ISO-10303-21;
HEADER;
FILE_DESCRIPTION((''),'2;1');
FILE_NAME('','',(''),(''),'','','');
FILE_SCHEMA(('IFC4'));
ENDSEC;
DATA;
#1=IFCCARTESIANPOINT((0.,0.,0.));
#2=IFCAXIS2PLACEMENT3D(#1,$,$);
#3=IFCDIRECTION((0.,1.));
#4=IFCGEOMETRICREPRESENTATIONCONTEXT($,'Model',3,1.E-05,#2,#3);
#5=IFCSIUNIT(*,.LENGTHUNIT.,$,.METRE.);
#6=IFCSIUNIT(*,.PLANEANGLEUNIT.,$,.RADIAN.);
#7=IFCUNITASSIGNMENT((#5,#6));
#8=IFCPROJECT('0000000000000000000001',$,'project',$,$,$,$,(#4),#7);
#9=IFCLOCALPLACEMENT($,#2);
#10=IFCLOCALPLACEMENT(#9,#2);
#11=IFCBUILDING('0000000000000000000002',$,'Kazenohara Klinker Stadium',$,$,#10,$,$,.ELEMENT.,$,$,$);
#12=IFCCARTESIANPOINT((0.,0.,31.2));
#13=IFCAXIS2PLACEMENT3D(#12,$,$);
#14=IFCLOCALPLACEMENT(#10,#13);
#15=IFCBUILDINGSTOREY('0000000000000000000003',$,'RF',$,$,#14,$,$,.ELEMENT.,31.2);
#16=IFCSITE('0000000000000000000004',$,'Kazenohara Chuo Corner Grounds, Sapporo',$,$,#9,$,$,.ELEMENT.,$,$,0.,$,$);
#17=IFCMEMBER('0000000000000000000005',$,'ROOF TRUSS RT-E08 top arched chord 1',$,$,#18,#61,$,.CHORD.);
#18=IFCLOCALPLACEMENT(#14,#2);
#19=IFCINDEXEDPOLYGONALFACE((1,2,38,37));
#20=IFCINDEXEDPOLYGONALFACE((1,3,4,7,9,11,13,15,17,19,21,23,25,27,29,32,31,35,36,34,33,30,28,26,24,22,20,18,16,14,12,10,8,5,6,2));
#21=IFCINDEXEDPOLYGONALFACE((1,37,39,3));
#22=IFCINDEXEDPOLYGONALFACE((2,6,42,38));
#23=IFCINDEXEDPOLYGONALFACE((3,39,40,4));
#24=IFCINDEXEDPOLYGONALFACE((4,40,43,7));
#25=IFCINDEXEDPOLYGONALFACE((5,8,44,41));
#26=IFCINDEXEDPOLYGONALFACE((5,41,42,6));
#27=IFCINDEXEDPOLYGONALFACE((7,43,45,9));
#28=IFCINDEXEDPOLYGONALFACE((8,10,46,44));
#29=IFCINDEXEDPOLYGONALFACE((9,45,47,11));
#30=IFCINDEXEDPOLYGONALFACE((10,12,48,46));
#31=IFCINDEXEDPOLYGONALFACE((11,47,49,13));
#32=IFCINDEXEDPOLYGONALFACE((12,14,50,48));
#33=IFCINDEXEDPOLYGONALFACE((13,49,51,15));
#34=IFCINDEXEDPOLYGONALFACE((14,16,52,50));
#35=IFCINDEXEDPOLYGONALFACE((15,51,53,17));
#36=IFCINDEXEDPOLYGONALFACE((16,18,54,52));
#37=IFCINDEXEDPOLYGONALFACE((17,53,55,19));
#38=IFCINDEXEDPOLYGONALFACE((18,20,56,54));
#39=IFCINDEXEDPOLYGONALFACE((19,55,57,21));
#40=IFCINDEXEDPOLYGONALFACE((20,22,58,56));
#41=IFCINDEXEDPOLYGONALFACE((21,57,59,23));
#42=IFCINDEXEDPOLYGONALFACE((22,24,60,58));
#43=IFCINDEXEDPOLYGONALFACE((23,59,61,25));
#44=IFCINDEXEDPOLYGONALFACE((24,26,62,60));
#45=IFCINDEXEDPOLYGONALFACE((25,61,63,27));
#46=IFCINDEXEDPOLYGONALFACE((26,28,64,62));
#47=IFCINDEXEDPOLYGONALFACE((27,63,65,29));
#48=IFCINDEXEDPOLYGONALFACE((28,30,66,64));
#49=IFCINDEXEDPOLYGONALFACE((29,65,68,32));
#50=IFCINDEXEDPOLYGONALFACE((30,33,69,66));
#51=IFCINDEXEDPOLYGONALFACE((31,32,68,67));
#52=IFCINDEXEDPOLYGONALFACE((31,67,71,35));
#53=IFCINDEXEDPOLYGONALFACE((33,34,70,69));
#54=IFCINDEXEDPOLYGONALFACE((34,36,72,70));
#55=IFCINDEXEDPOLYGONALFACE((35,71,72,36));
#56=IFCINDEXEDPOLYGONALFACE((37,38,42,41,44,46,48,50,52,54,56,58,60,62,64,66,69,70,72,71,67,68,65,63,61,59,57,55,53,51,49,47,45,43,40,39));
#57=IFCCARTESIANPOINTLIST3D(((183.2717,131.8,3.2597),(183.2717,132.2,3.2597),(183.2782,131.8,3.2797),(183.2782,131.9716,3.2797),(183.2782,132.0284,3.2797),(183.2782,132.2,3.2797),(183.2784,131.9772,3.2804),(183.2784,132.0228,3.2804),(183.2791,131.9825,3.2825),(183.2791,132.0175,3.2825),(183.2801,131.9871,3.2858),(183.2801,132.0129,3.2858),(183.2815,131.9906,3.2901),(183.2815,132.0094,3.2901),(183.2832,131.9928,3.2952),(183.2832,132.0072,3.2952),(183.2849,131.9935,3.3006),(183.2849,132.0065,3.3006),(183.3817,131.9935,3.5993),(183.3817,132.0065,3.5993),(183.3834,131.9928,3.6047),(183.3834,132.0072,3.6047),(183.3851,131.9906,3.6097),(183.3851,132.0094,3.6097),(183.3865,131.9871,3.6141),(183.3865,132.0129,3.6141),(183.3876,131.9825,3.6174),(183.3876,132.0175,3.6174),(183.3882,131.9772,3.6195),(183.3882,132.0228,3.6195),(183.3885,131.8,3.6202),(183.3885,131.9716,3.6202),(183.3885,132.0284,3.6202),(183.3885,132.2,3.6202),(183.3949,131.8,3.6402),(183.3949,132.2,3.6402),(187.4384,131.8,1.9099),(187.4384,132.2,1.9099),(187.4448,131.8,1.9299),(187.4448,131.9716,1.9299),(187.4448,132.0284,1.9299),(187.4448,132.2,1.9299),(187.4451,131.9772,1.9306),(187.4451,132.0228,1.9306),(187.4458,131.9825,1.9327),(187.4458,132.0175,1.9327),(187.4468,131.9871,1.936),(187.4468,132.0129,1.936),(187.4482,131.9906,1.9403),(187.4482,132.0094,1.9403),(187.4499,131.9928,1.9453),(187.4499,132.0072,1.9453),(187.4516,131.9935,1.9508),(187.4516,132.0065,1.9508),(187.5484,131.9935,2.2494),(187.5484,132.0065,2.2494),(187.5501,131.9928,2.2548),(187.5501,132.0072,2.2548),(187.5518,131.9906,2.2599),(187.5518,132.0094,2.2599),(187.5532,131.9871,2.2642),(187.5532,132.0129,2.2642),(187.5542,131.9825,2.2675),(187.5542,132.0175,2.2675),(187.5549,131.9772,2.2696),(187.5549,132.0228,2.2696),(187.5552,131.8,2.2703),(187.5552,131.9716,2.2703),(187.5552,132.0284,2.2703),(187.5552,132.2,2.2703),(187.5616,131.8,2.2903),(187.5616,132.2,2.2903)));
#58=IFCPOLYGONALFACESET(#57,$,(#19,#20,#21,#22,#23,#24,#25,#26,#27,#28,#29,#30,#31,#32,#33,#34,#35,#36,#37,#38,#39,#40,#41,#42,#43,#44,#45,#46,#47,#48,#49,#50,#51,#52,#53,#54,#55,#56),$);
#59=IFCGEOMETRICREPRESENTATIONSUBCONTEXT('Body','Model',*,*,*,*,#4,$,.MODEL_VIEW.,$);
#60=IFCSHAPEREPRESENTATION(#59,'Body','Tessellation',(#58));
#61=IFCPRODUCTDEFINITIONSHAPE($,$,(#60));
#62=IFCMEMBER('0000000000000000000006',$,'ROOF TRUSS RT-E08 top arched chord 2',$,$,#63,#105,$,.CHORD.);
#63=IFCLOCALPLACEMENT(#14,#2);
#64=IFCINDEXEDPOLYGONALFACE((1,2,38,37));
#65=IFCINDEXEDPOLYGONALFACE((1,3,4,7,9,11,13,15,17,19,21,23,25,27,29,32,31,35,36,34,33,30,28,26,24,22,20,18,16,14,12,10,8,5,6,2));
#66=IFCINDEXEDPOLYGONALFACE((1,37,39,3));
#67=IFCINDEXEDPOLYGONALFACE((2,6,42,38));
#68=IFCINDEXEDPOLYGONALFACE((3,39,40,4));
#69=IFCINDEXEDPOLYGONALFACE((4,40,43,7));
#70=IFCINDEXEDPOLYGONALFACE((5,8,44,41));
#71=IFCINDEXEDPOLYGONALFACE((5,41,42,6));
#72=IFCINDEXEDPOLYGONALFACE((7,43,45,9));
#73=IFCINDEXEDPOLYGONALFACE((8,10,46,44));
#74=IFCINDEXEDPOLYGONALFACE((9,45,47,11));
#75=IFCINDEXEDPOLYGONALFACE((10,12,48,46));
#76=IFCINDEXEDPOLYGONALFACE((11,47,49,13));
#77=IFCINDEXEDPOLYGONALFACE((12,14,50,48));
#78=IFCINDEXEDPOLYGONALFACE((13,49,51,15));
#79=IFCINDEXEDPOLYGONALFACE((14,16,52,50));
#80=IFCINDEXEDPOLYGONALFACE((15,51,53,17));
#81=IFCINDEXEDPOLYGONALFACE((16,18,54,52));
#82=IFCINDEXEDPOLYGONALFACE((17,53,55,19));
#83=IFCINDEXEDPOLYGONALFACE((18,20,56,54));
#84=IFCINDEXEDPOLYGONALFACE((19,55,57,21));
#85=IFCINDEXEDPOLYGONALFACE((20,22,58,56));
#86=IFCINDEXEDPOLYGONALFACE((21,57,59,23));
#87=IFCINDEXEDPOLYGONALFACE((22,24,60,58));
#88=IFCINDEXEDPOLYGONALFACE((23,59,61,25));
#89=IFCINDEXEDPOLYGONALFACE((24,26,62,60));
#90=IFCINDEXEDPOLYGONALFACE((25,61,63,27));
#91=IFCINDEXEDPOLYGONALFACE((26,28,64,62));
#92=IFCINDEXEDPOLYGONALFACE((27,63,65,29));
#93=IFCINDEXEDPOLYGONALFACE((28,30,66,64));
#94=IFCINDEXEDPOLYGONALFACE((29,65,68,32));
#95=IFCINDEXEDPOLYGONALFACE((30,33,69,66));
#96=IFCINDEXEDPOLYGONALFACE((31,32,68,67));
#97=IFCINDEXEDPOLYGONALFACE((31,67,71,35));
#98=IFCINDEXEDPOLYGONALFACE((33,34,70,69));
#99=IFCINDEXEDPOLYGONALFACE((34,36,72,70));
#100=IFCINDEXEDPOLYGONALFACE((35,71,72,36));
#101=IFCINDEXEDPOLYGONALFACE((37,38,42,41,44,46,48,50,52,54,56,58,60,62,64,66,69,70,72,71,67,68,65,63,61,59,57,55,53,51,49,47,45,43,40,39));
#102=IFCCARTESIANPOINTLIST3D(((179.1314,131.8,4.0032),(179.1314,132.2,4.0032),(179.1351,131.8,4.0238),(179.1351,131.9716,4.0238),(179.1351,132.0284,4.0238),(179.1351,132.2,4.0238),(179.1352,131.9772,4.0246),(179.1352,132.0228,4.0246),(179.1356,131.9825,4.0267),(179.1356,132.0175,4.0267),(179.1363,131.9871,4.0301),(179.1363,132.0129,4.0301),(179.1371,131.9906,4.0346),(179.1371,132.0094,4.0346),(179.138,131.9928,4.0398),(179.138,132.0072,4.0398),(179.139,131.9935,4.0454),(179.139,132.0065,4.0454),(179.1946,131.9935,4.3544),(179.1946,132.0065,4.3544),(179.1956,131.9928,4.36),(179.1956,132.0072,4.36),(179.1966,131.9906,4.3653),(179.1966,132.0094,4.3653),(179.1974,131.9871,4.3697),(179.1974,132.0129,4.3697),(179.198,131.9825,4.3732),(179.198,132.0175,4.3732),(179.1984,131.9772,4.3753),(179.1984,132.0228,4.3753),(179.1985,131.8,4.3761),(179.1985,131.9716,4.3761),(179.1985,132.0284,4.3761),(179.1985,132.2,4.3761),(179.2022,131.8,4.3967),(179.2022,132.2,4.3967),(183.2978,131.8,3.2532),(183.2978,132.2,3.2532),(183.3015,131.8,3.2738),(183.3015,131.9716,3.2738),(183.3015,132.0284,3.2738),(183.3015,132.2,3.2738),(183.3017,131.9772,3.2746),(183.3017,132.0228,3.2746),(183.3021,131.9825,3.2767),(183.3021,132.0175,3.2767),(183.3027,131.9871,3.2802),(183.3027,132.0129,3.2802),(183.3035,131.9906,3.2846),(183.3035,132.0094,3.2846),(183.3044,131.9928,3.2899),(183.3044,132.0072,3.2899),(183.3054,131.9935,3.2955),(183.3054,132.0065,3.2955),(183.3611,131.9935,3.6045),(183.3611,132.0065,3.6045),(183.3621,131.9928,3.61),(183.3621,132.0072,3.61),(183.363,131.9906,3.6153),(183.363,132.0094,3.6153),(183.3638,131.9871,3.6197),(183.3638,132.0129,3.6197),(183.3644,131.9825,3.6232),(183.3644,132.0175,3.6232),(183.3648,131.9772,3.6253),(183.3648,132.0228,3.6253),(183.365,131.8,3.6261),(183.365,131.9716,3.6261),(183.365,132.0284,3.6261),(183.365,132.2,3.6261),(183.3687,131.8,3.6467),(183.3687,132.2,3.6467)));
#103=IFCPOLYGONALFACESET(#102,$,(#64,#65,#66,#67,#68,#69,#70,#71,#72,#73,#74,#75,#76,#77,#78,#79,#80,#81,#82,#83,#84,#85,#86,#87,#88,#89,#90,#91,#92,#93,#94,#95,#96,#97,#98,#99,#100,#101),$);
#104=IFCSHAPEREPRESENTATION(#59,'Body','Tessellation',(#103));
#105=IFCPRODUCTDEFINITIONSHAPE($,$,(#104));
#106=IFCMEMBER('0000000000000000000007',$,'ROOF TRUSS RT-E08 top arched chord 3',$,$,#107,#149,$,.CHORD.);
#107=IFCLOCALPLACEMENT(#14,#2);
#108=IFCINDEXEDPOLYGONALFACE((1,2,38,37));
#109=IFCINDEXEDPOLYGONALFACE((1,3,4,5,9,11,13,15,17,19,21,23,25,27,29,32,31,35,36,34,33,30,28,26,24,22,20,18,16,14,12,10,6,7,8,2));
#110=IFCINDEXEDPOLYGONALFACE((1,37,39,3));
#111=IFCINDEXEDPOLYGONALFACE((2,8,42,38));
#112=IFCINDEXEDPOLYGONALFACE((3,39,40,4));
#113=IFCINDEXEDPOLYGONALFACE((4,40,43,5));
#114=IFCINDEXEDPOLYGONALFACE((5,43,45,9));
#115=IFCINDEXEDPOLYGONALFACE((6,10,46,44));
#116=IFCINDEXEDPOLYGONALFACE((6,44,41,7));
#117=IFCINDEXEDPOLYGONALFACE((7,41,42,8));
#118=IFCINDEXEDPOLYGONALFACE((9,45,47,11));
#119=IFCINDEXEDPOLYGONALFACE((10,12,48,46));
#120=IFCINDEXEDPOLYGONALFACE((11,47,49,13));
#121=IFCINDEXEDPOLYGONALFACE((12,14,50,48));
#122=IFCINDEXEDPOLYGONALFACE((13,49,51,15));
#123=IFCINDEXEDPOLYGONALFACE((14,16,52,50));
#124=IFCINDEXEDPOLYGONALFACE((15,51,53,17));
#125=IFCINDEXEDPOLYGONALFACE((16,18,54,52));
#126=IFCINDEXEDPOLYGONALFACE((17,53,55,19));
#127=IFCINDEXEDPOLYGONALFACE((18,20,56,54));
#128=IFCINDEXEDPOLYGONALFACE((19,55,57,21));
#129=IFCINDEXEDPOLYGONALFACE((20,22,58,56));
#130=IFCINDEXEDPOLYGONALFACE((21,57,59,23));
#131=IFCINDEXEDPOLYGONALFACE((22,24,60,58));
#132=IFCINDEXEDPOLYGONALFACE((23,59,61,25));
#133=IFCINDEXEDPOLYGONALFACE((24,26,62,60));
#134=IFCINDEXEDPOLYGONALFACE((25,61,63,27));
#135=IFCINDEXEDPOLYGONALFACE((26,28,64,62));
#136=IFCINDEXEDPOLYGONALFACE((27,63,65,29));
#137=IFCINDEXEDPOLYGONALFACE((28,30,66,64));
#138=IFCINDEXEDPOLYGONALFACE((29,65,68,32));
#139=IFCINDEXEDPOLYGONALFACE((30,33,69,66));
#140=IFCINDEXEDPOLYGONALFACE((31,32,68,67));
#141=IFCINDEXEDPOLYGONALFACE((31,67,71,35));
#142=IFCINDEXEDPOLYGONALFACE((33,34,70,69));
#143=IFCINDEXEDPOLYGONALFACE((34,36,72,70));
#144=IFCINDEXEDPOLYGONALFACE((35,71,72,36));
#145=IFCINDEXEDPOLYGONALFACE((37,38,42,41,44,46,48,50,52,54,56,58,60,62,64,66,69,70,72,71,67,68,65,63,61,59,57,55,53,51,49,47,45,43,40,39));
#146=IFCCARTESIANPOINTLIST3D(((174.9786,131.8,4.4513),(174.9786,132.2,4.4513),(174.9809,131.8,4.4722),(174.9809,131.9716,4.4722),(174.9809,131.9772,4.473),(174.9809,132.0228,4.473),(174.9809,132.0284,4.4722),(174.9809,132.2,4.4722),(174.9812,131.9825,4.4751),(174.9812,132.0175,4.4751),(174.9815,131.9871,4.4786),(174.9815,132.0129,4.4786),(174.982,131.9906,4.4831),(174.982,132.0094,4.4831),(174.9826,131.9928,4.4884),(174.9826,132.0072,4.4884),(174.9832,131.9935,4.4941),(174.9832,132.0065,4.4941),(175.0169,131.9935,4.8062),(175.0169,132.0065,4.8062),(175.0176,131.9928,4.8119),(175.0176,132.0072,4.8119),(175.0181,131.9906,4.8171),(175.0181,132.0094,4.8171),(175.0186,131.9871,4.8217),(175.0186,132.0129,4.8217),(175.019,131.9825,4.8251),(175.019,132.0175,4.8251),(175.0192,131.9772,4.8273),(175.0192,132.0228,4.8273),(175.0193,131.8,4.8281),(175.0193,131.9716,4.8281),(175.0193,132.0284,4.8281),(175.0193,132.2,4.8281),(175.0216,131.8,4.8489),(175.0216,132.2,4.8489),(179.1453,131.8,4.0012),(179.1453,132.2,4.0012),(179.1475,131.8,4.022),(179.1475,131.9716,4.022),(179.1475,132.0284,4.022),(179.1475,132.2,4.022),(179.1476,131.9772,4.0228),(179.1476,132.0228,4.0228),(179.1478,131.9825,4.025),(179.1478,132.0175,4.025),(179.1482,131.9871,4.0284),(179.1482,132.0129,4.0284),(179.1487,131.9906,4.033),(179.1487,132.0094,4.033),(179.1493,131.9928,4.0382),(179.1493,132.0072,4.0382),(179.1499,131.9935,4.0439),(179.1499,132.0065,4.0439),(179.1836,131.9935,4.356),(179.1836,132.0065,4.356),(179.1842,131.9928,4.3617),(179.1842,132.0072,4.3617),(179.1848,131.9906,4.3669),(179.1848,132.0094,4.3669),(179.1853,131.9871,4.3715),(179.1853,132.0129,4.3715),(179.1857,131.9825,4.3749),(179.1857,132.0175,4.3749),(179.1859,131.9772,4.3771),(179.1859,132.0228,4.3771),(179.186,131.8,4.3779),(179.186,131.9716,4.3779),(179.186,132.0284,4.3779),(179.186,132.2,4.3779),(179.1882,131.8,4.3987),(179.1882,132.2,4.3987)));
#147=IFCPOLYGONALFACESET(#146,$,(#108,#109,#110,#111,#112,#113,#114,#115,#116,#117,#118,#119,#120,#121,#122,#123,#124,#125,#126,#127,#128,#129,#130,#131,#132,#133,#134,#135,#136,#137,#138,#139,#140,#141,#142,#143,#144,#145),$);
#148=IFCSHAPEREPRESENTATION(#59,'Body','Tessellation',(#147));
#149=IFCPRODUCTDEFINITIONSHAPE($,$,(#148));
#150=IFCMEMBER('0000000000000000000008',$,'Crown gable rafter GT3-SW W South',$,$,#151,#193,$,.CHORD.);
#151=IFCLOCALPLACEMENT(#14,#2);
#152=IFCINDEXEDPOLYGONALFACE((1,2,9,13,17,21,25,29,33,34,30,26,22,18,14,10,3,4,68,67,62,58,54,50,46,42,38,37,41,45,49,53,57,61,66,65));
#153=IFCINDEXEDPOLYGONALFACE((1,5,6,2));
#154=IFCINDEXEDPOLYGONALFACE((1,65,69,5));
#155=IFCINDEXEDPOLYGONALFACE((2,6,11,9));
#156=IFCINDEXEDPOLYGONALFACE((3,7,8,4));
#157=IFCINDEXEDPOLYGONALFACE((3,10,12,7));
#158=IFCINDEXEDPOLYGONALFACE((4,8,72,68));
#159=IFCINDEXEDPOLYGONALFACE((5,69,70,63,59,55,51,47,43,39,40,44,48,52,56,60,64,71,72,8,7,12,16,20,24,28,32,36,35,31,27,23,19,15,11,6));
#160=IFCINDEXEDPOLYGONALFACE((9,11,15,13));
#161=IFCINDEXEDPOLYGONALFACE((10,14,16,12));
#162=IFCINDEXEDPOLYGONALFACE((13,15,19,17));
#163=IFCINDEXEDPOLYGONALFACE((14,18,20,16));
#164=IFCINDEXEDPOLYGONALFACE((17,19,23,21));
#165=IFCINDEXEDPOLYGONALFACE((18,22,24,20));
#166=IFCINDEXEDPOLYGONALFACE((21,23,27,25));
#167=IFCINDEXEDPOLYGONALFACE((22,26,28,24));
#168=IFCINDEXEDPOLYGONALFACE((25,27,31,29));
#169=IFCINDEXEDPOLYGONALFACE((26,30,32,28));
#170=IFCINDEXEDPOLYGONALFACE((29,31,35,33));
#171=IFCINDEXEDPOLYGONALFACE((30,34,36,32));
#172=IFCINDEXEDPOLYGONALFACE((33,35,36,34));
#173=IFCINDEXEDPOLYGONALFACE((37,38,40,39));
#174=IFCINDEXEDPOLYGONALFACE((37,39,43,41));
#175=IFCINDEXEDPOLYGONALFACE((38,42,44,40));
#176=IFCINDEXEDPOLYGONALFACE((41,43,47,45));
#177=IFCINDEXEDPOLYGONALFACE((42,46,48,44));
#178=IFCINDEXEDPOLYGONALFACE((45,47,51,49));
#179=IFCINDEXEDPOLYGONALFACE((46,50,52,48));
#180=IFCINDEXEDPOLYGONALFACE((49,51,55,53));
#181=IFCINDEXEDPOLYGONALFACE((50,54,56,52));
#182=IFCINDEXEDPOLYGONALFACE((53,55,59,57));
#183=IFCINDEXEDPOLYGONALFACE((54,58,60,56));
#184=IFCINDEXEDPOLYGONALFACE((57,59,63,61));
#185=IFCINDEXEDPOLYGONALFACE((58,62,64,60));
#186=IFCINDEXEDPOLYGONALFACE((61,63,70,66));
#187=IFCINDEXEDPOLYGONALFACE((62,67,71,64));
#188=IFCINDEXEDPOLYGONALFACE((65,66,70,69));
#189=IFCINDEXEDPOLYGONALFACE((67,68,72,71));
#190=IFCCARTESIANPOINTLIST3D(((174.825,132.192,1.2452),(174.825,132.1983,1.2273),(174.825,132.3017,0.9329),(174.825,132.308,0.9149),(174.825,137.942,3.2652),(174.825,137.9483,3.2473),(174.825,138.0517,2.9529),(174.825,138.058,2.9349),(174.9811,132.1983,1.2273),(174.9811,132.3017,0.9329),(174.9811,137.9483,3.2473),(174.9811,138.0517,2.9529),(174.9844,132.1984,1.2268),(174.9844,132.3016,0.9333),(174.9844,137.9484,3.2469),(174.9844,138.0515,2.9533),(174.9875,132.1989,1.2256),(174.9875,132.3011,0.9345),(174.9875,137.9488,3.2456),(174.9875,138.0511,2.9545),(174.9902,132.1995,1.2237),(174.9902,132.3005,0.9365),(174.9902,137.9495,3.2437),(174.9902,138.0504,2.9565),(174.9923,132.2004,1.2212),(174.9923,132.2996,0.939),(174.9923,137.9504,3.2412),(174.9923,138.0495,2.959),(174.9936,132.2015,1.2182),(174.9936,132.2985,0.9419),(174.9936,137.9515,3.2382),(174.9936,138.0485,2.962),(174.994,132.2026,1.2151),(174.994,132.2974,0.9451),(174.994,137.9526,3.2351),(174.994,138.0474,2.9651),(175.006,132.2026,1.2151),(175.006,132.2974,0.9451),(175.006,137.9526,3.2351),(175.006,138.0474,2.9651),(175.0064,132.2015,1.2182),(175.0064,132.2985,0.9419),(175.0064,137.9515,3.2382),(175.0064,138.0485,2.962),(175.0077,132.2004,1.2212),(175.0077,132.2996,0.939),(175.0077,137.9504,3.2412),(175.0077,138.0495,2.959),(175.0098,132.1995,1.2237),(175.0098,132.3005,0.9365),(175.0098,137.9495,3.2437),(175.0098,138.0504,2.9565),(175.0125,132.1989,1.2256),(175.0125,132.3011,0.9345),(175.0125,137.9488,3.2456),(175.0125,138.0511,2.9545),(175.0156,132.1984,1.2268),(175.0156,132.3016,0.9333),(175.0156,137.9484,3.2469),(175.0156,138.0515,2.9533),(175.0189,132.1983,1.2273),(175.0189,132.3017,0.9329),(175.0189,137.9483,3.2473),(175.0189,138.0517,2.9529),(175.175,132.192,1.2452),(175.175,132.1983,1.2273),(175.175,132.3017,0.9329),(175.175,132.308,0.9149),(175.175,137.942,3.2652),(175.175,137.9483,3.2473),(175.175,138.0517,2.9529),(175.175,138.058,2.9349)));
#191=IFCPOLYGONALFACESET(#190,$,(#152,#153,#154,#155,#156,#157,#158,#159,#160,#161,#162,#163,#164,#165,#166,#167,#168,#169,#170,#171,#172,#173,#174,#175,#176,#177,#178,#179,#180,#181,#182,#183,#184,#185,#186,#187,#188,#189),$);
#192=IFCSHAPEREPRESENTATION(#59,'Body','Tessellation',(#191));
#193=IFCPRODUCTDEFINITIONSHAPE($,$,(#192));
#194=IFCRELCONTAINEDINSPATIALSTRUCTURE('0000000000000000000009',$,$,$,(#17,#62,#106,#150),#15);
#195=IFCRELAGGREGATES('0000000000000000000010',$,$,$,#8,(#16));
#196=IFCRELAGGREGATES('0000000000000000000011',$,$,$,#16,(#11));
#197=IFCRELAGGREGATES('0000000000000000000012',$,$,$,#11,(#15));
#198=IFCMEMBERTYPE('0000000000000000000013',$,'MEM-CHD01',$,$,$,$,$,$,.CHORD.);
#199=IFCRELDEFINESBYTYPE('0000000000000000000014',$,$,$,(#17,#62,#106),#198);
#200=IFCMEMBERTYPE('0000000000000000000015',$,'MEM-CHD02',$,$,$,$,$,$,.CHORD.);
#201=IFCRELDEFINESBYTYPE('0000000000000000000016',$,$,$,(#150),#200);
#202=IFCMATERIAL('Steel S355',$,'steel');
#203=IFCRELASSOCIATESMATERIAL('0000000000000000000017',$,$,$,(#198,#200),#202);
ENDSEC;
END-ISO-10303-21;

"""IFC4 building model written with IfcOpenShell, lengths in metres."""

from ifc_helpers import new_model, si_unit, direction, frame, origin, origin_2d, place, context, subcontext, project, spatial, i_section, extrude, material, material_profile, profile_set, type_object, element, save


model = new_model("IFC4")

# Units and contexts
model_context = context("Model", 3, precision=1e-05, world=origin(), true_north=direction((0.0, 1.0)))
body_context = subcontext(model_context, "Body", "Model", "MODEL_VIEW")
ifc_project = project(units=[si_unit("LENGTHUNIT", "METRE"), si_unit("PLANEANGLEUNIT", "RADIAN")], contexts=[model_context])

# Site, building, storey
site_placement = place(None, origin())
site = spatial("IfcSite", under=ifc_project, at=site_placement, Name="Kazenohara Chuo Corner Grounds, Sapporo", CompositionType="ELEMENT", RefElevation=0.0)
building_placement = place(site_placement, origin())
building = spatial("IfcBuilding", under=site, at=building_placement, Name="Kazenohara Klinker Stadium", CompositionType="ELEMENT")
storey_placement = place(building_placement, frame((0.0, 0.0, 31.2)))
storey = spatial("IfcBuildingStorey", under=building, at=storey_placement, Name="RF", CompositionType="ELEMENT", Elevation=31.2)

# Members
ifc_material_1 = material(Name="Steel S355", Category="steel")
ifc_material_profile_1 = material_profile(ifc_material_1, i_section(OverallWidth=0.3999, OverallDepth=0.3999, WebThickness=0.0129, FlangeThickness=0.021, FilletRadius=0.022, at=origin_2d()), Name="H-400x400x13x21")
ifc_profile_set_1 = profile_set([ifc_material_profile_1], Name="Steel S355")
member_type_1 = type_object("IfcMemberType", Name="MEM-CHD01", PredefinedType="CHORD", material=ifc_profile_set_1)
member_1_placement = place(storey_placement, frame((187.5, 132.0, 2.1001), z_axis=(-0.951325, 0.0, 0.30819), x_axis=(0.0, -1.0, 0.0)))
element("IfcMember", 1, at=member_1_placement, inside=storey, type_object=member_type_1, Name="ROOF TRUSS RT-E08 top arched chord 1", PredefinedType="CHORD", context=body_context, shape_type="SweptSolid", body=[
    extrude(i_section(OverallWidth=0.3999, OverallDepth=0.3999, WebThickness=0.0129, FlangeThickness=0.021, FilletRadius=0.022, at=origin_2d()), origin(), (0.0, 0.0, 1.0), 4.3799),
])
member_2_placement = place(storey_placement, frame((183.3333, 132.0, 3.45), z_axis=(-0.984182, 0.0, 0.17716), x_axis=(0.0, -1.0, 0.0)))
element("IfcMember", 2, at=member_2_placement, inside=storey, type_object=member_type_1, Name="ROOF TRUSS RT-E08 top arched chord 2", PredefinedType="CHORD", context=body_context, shape_type="SweptSolid", body=[
    extrude(i_section(OverallWidth=0.3999, OverallDepth=0.3999, WebThickness=0.0129, FlangeThickness=0.021, FilletRadius=0.022, at=origin_2d()), origin(), (0.0, 0.0, 1.0), 4.2334),
])
member_3_placement = place(storey_placement, frame((179.1667, 132.0, 4.2), z_axis=(-0.994214, 0.0, 0.10742), x_axis=(0.0, -1.0, 0.0)))
element("IfcMember", 3, at=member_3_placement, inside=storey, type_object=member_type_1, Name="ROOF TRUSS RT-E08 top arched chord 3", PredefinedType="CHORD", context=body_context, shape_type="SweptSolid", body=[
    extrude(i_section(OverallWidth=0.3999, OverallDepth=0.3999, WebThickness=0.0129, FlangeThickness=0.021, FilletRadius=0.022, at=origin_2d()), origin(), (0.0, 0.0, 1.0), 4.1909),
])
ifc_material_profile_2 = material_profile(ifc_material_1, i_section(OverallWidth=0.3501, OverallDepth=0.3501, WebThickness=0.012, FlangeThickness=0.019, FilletRadius=0.0129, at=origin_2d()), Name="H-350x350x12x19")
ifc_profile_set_2 = profile_set([ifc_material_profile_2], Name="Steel S355")
member_type_2 = type_object("IfcMemberType", Name="MEM-CHD02", PredefinedType="CHORD", material=ifc_profile_set_2)
member_4_placement = place(storey_placement, frame((175.0, 132.25, 1.0801), z_axis=(0.0, 0.943473, 0.331449), x_axis=(-1.0, 0.0, 0.0)))
element("IfcMember", 4, at=member_4_placement, inside=storey, type_object=member_type_2, Name="Crown gable rafter GT3-SW W South", PredefinedType="CHORD", context=body_context, shape_type="SweptSolid", body=[
    extrude(i_section(OverallWidth=0.3501, OverallDepth=0.3501, WebThickness=0.012, FlangeThickness=0.019, FilletRadius=0.0129, at=origin_2d()), origin(), (0.0, 0.0, 1.0), 6.0945),
])

save(model, "model.ifc")
